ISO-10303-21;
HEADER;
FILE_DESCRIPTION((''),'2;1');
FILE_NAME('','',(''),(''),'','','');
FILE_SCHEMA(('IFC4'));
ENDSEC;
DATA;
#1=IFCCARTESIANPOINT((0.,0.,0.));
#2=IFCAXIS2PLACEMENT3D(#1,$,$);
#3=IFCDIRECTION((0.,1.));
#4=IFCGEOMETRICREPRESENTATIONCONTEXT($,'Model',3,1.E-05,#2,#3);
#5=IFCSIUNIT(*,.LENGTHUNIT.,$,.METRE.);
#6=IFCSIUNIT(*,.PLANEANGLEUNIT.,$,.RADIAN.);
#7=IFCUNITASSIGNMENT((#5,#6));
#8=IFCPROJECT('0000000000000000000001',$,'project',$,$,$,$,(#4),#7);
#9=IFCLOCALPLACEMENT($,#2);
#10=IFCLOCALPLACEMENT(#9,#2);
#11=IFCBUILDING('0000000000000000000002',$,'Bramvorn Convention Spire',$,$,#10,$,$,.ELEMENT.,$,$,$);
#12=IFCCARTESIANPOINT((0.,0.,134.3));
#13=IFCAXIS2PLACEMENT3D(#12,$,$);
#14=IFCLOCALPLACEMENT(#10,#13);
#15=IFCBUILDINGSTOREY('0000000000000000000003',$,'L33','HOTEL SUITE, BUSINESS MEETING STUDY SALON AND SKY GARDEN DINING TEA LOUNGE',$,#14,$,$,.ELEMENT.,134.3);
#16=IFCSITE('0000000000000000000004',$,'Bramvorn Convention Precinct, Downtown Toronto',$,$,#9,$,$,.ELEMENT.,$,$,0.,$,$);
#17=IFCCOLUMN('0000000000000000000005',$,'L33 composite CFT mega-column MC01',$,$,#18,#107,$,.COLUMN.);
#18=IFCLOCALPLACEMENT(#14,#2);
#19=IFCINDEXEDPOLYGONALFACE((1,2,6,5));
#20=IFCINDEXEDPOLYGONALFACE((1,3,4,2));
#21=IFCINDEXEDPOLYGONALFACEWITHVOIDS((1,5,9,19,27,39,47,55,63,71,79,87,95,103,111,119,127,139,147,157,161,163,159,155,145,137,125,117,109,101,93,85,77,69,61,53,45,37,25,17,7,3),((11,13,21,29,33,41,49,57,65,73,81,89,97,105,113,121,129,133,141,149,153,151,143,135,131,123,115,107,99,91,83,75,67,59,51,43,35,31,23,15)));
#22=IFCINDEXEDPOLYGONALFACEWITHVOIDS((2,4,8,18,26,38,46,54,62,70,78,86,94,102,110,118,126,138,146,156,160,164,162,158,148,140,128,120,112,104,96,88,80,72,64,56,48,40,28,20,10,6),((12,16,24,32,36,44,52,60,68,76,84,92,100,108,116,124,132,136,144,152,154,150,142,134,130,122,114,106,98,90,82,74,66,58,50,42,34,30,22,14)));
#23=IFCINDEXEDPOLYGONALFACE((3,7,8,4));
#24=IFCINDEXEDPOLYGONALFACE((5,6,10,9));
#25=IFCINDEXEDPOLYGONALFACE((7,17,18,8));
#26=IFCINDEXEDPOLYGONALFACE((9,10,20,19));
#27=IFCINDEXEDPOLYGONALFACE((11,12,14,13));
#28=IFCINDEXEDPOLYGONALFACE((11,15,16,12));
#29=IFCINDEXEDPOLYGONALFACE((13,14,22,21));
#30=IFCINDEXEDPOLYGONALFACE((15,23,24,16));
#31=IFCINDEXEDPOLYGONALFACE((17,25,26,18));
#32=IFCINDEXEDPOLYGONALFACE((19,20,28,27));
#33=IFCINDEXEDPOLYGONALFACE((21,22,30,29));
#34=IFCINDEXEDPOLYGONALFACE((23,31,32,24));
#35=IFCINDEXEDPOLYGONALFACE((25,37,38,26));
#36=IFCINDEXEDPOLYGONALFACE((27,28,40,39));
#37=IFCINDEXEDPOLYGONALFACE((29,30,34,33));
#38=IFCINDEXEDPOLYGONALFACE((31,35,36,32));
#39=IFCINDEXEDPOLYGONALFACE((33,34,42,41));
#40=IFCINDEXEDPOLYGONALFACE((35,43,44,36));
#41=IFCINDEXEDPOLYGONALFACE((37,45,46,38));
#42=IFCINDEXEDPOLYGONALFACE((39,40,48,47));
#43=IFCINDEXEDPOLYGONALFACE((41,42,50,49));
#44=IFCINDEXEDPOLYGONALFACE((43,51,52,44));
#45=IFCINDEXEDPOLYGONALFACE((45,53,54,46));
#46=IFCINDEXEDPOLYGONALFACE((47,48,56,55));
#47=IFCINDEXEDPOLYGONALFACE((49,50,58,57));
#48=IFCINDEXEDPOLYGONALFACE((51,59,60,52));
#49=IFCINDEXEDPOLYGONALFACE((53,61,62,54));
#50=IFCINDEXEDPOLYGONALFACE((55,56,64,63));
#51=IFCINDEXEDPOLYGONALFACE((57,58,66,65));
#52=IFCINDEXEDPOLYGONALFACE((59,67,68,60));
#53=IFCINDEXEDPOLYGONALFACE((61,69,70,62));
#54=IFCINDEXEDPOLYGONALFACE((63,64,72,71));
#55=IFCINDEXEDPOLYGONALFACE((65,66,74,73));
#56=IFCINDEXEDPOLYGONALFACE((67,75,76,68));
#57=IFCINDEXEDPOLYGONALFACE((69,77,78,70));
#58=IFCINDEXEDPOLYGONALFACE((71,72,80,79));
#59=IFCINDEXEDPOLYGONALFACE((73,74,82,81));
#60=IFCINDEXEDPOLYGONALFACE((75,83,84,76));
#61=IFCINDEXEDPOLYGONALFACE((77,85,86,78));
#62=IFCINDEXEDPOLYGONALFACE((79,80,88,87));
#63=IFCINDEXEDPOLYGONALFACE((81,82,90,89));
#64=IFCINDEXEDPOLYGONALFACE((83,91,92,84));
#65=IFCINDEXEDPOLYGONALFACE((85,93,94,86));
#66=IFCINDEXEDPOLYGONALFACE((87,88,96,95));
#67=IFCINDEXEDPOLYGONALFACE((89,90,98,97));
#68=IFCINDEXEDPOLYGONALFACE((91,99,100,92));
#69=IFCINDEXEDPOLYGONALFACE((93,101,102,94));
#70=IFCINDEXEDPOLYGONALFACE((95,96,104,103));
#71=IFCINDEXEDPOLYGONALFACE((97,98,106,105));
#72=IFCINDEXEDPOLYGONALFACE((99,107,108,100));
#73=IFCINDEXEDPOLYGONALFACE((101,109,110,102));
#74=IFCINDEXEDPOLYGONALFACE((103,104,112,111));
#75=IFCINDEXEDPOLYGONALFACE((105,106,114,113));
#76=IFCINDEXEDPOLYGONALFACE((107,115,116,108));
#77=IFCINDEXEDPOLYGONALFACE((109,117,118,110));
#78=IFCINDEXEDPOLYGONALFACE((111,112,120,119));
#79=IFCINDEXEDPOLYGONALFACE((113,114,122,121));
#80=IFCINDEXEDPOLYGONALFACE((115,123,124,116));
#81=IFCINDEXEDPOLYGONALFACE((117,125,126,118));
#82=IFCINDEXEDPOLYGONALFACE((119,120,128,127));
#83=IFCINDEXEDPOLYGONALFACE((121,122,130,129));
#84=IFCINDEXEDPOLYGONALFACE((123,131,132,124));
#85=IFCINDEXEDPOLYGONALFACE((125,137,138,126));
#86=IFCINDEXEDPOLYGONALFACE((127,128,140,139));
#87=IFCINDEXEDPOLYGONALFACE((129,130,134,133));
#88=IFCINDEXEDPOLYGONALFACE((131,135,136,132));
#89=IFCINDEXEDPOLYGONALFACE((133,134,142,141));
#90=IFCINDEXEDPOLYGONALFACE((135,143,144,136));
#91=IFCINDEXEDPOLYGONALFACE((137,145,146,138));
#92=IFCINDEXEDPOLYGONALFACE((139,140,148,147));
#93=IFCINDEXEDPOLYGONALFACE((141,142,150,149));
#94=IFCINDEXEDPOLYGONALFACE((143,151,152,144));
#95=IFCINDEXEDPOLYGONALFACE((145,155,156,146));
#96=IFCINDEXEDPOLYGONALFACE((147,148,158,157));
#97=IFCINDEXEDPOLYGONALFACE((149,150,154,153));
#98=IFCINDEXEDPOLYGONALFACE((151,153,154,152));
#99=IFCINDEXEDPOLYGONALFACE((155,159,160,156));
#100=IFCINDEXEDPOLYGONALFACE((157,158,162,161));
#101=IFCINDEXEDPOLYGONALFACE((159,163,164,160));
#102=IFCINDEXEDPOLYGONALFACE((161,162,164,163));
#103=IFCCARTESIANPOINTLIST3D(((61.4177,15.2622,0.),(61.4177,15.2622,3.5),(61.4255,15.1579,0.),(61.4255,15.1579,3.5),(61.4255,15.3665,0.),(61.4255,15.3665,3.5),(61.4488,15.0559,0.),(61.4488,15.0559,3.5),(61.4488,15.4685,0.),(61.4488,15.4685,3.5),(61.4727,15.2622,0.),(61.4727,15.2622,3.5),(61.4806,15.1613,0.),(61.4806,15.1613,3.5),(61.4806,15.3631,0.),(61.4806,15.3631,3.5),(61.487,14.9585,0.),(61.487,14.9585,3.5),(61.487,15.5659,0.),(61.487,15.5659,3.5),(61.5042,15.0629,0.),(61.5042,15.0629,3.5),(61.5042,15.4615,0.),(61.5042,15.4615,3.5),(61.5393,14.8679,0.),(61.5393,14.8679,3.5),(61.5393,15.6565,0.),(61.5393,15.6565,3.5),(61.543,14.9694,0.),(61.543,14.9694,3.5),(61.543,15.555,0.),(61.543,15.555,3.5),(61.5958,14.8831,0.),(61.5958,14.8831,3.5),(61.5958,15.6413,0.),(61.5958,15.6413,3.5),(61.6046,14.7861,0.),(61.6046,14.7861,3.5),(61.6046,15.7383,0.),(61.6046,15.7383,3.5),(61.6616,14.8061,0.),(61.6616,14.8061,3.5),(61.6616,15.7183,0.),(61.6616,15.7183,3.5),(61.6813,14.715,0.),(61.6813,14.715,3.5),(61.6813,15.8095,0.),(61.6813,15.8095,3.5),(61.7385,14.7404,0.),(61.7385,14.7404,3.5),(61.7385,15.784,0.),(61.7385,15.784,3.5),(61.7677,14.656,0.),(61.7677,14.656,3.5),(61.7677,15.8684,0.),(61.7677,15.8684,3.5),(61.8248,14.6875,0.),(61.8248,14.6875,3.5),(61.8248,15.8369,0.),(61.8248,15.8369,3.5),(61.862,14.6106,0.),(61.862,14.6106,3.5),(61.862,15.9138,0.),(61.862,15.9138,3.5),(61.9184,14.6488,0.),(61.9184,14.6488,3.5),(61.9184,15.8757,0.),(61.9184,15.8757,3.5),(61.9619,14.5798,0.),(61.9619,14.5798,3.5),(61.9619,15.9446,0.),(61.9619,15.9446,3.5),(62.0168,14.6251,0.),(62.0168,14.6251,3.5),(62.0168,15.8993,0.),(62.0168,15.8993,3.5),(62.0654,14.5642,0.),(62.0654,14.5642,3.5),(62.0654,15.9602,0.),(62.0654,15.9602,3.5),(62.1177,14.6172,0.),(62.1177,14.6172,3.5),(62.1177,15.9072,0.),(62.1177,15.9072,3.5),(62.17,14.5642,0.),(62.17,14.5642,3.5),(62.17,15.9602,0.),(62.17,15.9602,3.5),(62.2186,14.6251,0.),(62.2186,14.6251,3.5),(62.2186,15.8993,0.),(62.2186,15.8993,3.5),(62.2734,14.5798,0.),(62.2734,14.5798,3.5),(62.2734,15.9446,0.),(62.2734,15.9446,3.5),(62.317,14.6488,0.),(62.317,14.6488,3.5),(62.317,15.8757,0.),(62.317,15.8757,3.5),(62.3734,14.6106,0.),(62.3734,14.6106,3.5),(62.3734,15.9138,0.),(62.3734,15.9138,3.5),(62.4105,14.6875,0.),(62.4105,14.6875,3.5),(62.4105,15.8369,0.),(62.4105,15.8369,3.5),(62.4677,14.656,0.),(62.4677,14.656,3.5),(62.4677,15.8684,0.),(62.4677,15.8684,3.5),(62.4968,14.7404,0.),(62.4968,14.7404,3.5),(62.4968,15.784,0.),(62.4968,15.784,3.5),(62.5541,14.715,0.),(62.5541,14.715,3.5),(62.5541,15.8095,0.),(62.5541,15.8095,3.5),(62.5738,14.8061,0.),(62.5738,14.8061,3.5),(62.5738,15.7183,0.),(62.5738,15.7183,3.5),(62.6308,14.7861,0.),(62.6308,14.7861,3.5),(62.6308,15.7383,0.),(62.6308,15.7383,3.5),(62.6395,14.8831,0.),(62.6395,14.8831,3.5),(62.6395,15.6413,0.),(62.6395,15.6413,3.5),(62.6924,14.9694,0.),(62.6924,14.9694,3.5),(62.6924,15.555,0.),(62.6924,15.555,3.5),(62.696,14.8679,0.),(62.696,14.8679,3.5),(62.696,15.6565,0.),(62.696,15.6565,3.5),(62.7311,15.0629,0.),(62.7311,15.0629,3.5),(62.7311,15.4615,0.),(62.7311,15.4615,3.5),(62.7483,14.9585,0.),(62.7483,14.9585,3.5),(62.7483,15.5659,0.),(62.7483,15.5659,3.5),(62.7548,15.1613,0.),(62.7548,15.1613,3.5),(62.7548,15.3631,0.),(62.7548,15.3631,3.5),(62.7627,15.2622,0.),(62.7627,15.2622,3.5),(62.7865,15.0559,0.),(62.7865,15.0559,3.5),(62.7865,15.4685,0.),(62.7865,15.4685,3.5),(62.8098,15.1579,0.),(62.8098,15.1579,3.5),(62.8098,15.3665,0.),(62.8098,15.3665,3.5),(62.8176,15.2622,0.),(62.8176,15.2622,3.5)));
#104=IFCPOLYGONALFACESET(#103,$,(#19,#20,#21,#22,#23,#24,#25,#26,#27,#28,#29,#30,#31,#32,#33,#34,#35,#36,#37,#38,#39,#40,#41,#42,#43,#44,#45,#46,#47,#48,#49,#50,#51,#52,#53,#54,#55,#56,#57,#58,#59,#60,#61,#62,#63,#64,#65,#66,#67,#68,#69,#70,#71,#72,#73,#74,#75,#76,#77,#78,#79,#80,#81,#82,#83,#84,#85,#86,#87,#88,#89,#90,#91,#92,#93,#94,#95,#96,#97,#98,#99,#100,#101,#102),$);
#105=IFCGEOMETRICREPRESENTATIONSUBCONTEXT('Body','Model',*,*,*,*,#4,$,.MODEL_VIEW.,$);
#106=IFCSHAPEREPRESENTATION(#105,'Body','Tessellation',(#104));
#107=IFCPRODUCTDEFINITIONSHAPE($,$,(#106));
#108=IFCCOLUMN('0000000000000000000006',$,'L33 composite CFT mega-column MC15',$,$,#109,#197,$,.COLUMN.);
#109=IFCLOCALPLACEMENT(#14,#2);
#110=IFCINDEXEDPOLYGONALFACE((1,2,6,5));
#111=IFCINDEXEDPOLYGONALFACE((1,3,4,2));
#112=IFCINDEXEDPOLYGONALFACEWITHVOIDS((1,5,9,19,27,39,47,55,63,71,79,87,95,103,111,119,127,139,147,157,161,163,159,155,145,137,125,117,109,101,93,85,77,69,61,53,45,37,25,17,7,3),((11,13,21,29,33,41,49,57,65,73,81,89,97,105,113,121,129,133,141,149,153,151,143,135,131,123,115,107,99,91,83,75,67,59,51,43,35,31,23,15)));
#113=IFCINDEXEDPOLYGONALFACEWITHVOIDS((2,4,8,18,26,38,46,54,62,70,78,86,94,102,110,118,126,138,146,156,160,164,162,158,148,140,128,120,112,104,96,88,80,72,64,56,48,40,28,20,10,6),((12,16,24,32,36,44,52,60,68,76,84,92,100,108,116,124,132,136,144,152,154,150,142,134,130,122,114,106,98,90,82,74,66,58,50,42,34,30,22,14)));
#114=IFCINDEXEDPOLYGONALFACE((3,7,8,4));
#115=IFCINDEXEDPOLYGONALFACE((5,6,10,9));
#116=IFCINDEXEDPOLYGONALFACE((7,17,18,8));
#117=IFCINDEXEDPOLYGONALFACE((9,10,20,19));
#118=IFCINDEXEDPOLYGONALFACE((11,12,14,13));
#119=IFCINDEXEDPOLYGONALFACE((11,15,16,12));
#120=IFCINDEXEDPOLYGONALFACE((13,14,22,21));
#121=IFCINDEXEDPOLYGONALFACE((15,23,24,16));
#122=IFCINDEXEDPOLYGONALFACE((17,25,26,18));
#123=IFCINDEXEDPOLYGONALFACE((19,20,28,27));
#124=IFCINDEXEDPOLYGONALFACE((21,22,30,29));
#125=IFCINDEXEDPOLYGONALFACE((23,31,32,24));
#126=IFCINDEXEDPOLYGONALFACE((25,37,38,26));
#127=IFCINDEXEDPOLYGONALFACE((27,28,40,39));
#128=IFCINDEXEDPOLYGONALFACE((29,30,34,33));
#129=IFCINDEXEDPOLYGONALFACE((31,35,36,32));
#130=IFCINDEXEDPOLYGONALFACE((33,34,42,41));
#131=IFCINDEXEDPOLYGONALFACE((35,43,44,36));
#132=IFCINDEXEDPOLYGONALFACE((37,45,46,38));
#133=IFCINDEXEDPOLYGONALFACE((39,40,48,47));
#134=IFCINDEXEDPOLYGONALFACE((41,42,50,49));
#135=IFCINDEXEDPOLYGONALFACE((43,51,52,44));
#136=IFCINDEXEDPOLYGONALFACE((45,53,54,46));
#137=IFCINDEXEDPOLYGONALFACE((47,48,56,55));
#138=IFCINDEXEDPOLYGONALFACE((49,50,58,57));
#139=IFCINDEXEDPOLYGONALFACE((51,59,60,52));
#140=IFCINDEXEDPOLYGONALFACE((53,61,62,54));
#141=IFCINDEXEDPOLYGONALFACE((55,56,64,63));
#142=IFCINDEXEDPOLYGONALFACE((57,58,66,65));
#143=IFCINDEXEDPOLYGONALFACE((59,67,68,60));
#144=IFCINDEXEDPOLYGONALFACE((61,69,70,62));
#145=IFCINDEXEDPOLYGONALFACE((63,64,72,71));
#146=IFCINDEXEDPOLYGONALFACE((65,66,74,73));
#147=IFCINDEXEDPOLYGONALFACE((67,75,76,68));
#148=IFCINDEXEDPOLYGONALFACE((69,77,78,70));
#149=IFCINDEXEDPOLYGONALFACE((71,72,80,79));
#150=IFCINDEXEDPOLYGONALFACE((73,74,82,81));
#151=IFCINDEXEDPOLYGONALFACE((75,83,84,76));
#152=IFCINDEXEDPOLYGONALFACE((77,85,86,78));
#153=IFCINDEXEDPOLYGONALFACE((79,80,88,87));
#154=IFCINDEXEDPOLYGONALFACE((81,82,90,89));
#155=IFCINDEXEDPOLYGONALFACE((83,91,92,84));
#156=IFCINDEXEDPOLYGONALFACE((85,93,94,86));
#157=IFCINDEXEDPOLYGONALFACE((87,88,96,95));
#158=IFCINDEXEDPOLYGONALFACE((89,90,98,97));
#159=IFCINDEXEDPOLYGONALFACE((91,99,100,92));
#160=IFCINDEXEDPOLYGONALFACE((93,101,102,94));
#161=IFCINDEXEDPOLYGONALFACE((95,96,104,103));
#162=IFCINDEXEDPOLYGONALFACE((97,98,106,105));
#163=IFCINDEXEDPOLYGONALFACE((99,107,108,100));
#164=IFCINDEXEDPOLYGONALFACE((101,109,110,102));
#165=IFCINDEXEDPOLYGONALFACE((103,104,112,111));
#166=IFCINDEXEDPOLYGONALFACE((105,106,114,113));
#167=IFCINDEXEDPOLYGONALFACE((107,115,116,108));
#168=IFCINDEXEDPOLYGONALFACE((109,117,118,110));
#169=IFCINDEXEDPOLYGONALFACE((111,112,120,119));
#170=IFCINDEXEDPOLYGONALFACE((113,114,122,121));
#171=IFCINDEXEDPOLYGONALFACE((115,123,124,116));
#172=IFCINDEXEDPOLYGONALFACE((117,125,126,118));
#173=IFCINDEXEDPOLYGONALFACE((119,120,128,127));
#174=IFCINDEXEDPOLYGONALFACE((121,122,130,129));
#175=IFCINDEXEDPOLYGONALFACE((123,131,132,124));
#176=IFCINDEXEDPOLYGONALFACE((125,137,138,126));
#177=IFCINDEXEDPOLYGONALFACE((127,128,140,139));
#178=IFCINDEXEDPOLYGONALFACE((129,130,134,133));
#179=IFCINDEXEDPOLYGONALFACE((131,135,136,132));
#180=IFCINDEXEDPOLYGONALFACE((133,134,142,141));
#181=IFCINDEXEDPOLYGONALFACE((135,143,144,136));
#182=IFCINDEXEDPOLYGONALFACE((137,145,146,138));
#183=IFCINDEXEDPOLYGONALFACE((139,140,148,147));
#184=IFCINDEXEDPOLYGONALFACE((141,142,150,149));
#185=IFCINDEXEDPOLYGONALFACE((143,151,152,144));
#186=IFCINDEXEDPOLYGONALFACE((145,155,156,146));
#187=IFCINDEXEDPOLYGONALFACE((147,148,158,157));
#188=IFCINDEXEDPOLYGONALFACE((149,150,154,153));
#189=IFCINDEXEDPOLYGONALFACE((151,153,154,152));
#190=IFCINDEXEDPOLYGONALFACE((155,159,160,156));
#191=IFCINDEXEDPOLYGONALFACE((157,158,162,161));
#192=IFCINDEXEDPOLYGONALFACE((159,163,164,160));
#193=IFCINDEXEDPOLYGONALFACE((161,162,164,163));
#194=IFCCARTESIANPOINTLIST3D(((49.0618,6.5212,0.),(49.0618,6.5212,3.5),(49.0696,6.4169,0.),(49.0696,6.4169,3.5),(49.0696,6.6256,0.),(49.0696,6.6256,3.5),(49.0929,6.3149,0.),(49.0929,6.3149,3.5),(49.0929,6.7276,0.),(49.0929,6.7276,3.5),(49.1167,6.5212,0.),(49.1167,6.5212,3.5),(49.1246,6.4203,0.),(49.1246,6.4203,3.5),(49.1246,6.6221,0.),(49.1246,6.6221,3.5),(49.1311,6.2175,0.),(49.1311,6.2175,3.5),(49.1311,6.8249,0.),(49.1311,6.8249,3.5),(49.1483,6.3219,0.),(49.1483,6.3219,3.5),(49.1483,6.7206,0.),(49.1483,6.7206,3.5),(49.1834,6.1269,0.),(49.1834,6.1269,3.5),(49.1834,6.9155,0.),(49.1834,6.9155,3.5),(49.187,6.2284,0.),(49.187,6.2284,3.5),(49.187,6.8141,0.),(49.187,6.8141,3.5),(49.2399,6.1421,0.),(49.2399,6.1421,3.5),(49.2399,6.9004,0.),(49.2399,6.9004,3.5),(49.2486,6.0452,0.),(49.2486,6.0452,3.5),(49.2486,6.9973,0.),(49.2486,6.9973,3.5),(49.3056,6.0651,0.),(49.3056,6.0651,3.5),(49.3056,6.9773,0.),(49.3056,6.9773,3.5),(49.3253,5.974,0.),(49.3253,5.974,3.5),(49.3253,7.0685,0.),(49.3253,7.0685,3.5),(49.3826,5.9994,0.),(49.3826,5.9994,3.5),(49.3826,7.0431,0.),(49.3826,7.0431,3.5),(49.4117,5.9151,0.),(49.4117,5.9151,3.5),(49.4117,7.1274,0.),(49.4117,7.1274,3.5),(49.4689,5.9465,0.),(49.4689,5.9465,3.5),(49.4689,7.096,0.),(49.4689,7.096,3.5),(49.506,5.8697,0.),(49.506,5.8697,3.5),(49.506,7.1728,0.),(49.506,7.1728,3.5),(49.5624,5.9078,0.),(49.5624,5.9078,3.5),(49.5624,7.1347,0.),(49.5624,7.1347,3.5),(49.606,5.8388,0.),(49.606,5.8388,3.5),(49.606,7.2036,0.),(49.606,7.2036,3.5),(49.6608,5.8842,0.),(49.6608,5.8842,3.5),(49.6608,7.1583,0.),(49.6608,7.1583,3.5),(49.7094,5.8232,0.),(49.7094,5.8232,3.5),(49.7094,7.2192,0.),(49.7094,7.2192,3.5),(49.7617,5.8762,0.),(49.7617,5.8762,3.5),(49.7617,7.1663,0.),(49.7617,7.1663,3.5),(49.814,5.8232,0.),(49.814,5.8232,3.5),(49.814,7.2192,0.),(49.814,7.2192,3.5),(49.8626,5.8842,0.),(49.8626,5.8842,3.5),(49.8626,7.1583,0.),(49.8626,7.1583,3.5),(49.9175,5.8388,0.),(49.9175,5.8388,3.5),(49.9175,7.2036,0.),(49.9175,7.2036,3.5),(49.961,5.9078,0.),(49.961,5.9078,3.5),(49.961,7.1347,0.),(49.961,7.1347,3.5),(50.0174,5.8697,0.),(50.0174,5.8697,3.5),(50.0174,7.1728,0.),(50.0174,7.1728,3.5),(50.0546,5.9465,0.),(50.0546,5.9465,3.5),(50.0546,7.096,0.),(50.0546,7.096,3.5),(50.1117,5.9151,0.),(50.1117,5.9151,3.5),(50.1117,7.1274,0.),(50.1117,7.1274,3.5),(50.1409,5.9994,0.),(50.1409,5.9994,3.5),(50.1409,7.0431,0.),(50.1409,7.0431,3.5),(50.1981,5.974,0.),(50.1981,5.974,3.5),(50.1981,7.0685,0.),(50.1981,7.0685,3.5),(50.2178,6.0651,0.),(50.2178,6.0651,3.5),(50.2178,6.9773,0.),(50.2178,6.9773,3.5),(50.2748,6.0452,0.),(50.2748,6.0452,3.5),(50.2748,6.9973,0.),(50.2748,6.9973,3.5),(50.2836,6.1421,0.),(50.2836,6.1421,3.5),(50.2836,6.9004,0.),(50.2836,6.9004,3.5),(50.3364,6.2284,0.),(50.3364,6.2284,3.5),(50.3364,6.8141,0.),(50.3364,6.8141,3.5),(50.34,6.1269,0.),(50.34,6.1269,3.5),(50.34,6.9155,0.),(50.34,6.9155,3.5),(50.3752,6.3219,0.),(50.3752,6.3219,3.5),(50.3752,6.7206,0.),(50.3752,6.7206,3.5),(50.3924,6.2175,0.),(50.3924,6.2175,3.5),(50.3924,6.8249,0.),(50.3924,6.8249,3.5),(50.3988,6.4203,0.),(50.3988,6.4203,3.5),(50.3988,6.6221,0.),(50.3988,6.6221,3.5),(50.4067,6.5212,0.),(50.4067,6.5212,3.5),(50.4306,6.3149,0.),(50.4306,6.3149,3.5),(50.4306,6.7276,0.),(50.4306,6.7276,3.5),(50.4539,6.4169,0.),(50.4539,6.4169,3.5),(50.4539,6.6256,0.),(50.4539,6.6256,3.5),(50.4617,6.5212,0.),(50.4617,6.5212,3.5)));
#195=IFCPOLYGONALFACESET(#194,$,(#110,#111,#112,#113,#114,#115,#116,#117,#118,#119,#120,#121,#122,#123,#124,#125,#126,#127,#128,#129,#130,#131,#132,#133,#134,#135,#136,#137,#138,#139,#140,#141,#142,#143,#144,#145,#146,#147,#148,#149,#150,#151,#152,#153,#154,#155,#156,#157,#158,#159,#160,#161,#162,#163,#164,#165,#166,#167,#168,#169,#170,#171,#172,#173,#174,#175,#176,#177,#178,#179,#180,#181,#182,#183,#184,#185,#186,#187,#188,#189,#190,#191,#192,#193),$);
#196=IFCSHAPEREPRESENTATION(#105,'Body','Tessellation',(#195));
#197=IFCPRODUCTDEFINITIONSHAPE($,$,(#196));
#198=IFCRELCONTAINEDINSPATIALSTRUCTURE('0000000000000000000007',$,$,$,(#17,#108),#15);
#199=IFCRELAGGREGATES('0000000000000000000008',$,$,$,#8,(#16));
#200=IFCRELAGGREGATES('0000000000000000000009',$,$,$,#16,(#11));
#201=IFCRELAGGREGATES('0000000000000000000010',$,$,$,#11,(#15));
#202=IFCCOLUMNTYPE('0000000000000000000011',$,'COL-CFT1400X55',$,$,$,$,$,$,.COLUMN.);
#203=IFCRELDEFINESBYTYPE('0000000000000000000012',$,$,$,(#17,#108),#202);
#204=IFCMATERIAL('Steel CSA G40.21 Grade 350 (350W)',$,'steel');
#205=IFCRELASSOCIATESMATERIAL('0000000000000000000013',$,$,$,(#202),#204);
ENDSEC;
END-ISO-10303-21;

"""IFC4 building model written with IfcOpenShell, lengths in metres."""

from ifc_helpers import new_model, si_unit, direction, frame, origin, origin_2d, place, context, subcontext, project, spatial, hollow_circle, extrude, material, material_profile, profile_set, type_object, element, save


model = new_model("IFC4")

# Units and contexts
model_context = context("Model", 3, precision=1e-05, world=origin(), true_north=direction((0.0, 1.0)))
body_context = subcontext(model_context, "Body", "Model", "MODEL_VIEW")
ifc_project = project(units=[si_unit("LENGTHUNIT", "METRE"), si_unit("PLANEANGLEUNIT", "RADIAN")], contexts=[model_context])

# Site, building, storey
site_placement = place(None, origin())
site = spatial("IfcSite", under=ifc_project, at=site_placement, Name="Bramvorn Convention Precinct, Downtown Toronto", CompositionType="ELEMENT", RefElevation=0.0)
building_placement = place(site_placement, origin())
building = spatial("IfcBuilding", under=site, at=building_placement, Name="Bramvorn Convention Spire", CompositionType="ELEMENT")
storey_placement = place(building_placement, frame((0.0, 0.0, 134.3)))
storey = spatial("IfcBuildingStorey", under=building, at=storey_placement, Name="L33", Description="HOTEL SUITE, BUSINESS MEETING STUDY SALON AND SKY GARDEN DINING TEA LOUNGE", CompositionType="ELEMENT", Elevation=134.3)

# Columns
ifc_material_1 = material(Name="Steel CSA G40.21 Grade 350 (350W)", Category="steel")
ifc_material_profile_1 = material_profile(ifc_material_1, hollow_circle(Radius=0.7, WallThickness=0.0549, at=origin_2d()))
ifc_profile_set_1 = profile_set([ifc_material_profile_1], Name="Steel CSA G40.21 Grade 350 (350W) - CFT1400X55")
column_type = type_object("IfcColumnType", Name="COL-CFT1400X55", PredefinedType="COLUMN", material=ifc_profile_set_1)
for number, where, z_axis, x_axis, name in (
    (1, (62.1177, 15.2622, 0.0), (0.0, 0.0, 1.0), (1.0, 0.0, 0.0), "L33 composite CFT mega-column MC01"),
    (2, (49.7617, 6.5212, 0.0), (0.0, 0.0, 1.0), (1.0, 0.0, 0.0), "L33 composite CFT mega-column MC15"),
):
    element("IfcColumn", number, at=place(storey_placement, frame(where, z_axis=z_axis, x_axis=x_axis)), inside=storey, type_object=column_type, Name=name, PredefinedType="COLUMN", context=body_context, shape_type="SweptSolid", body=[
        extrude(hollow_circle(Radius=0.7, WallThickness=0.0549, at=origin_2d()), origin(), (0.0, 0.0, 1.0), 3.5),
    ])

save(model, "model.ifc")
